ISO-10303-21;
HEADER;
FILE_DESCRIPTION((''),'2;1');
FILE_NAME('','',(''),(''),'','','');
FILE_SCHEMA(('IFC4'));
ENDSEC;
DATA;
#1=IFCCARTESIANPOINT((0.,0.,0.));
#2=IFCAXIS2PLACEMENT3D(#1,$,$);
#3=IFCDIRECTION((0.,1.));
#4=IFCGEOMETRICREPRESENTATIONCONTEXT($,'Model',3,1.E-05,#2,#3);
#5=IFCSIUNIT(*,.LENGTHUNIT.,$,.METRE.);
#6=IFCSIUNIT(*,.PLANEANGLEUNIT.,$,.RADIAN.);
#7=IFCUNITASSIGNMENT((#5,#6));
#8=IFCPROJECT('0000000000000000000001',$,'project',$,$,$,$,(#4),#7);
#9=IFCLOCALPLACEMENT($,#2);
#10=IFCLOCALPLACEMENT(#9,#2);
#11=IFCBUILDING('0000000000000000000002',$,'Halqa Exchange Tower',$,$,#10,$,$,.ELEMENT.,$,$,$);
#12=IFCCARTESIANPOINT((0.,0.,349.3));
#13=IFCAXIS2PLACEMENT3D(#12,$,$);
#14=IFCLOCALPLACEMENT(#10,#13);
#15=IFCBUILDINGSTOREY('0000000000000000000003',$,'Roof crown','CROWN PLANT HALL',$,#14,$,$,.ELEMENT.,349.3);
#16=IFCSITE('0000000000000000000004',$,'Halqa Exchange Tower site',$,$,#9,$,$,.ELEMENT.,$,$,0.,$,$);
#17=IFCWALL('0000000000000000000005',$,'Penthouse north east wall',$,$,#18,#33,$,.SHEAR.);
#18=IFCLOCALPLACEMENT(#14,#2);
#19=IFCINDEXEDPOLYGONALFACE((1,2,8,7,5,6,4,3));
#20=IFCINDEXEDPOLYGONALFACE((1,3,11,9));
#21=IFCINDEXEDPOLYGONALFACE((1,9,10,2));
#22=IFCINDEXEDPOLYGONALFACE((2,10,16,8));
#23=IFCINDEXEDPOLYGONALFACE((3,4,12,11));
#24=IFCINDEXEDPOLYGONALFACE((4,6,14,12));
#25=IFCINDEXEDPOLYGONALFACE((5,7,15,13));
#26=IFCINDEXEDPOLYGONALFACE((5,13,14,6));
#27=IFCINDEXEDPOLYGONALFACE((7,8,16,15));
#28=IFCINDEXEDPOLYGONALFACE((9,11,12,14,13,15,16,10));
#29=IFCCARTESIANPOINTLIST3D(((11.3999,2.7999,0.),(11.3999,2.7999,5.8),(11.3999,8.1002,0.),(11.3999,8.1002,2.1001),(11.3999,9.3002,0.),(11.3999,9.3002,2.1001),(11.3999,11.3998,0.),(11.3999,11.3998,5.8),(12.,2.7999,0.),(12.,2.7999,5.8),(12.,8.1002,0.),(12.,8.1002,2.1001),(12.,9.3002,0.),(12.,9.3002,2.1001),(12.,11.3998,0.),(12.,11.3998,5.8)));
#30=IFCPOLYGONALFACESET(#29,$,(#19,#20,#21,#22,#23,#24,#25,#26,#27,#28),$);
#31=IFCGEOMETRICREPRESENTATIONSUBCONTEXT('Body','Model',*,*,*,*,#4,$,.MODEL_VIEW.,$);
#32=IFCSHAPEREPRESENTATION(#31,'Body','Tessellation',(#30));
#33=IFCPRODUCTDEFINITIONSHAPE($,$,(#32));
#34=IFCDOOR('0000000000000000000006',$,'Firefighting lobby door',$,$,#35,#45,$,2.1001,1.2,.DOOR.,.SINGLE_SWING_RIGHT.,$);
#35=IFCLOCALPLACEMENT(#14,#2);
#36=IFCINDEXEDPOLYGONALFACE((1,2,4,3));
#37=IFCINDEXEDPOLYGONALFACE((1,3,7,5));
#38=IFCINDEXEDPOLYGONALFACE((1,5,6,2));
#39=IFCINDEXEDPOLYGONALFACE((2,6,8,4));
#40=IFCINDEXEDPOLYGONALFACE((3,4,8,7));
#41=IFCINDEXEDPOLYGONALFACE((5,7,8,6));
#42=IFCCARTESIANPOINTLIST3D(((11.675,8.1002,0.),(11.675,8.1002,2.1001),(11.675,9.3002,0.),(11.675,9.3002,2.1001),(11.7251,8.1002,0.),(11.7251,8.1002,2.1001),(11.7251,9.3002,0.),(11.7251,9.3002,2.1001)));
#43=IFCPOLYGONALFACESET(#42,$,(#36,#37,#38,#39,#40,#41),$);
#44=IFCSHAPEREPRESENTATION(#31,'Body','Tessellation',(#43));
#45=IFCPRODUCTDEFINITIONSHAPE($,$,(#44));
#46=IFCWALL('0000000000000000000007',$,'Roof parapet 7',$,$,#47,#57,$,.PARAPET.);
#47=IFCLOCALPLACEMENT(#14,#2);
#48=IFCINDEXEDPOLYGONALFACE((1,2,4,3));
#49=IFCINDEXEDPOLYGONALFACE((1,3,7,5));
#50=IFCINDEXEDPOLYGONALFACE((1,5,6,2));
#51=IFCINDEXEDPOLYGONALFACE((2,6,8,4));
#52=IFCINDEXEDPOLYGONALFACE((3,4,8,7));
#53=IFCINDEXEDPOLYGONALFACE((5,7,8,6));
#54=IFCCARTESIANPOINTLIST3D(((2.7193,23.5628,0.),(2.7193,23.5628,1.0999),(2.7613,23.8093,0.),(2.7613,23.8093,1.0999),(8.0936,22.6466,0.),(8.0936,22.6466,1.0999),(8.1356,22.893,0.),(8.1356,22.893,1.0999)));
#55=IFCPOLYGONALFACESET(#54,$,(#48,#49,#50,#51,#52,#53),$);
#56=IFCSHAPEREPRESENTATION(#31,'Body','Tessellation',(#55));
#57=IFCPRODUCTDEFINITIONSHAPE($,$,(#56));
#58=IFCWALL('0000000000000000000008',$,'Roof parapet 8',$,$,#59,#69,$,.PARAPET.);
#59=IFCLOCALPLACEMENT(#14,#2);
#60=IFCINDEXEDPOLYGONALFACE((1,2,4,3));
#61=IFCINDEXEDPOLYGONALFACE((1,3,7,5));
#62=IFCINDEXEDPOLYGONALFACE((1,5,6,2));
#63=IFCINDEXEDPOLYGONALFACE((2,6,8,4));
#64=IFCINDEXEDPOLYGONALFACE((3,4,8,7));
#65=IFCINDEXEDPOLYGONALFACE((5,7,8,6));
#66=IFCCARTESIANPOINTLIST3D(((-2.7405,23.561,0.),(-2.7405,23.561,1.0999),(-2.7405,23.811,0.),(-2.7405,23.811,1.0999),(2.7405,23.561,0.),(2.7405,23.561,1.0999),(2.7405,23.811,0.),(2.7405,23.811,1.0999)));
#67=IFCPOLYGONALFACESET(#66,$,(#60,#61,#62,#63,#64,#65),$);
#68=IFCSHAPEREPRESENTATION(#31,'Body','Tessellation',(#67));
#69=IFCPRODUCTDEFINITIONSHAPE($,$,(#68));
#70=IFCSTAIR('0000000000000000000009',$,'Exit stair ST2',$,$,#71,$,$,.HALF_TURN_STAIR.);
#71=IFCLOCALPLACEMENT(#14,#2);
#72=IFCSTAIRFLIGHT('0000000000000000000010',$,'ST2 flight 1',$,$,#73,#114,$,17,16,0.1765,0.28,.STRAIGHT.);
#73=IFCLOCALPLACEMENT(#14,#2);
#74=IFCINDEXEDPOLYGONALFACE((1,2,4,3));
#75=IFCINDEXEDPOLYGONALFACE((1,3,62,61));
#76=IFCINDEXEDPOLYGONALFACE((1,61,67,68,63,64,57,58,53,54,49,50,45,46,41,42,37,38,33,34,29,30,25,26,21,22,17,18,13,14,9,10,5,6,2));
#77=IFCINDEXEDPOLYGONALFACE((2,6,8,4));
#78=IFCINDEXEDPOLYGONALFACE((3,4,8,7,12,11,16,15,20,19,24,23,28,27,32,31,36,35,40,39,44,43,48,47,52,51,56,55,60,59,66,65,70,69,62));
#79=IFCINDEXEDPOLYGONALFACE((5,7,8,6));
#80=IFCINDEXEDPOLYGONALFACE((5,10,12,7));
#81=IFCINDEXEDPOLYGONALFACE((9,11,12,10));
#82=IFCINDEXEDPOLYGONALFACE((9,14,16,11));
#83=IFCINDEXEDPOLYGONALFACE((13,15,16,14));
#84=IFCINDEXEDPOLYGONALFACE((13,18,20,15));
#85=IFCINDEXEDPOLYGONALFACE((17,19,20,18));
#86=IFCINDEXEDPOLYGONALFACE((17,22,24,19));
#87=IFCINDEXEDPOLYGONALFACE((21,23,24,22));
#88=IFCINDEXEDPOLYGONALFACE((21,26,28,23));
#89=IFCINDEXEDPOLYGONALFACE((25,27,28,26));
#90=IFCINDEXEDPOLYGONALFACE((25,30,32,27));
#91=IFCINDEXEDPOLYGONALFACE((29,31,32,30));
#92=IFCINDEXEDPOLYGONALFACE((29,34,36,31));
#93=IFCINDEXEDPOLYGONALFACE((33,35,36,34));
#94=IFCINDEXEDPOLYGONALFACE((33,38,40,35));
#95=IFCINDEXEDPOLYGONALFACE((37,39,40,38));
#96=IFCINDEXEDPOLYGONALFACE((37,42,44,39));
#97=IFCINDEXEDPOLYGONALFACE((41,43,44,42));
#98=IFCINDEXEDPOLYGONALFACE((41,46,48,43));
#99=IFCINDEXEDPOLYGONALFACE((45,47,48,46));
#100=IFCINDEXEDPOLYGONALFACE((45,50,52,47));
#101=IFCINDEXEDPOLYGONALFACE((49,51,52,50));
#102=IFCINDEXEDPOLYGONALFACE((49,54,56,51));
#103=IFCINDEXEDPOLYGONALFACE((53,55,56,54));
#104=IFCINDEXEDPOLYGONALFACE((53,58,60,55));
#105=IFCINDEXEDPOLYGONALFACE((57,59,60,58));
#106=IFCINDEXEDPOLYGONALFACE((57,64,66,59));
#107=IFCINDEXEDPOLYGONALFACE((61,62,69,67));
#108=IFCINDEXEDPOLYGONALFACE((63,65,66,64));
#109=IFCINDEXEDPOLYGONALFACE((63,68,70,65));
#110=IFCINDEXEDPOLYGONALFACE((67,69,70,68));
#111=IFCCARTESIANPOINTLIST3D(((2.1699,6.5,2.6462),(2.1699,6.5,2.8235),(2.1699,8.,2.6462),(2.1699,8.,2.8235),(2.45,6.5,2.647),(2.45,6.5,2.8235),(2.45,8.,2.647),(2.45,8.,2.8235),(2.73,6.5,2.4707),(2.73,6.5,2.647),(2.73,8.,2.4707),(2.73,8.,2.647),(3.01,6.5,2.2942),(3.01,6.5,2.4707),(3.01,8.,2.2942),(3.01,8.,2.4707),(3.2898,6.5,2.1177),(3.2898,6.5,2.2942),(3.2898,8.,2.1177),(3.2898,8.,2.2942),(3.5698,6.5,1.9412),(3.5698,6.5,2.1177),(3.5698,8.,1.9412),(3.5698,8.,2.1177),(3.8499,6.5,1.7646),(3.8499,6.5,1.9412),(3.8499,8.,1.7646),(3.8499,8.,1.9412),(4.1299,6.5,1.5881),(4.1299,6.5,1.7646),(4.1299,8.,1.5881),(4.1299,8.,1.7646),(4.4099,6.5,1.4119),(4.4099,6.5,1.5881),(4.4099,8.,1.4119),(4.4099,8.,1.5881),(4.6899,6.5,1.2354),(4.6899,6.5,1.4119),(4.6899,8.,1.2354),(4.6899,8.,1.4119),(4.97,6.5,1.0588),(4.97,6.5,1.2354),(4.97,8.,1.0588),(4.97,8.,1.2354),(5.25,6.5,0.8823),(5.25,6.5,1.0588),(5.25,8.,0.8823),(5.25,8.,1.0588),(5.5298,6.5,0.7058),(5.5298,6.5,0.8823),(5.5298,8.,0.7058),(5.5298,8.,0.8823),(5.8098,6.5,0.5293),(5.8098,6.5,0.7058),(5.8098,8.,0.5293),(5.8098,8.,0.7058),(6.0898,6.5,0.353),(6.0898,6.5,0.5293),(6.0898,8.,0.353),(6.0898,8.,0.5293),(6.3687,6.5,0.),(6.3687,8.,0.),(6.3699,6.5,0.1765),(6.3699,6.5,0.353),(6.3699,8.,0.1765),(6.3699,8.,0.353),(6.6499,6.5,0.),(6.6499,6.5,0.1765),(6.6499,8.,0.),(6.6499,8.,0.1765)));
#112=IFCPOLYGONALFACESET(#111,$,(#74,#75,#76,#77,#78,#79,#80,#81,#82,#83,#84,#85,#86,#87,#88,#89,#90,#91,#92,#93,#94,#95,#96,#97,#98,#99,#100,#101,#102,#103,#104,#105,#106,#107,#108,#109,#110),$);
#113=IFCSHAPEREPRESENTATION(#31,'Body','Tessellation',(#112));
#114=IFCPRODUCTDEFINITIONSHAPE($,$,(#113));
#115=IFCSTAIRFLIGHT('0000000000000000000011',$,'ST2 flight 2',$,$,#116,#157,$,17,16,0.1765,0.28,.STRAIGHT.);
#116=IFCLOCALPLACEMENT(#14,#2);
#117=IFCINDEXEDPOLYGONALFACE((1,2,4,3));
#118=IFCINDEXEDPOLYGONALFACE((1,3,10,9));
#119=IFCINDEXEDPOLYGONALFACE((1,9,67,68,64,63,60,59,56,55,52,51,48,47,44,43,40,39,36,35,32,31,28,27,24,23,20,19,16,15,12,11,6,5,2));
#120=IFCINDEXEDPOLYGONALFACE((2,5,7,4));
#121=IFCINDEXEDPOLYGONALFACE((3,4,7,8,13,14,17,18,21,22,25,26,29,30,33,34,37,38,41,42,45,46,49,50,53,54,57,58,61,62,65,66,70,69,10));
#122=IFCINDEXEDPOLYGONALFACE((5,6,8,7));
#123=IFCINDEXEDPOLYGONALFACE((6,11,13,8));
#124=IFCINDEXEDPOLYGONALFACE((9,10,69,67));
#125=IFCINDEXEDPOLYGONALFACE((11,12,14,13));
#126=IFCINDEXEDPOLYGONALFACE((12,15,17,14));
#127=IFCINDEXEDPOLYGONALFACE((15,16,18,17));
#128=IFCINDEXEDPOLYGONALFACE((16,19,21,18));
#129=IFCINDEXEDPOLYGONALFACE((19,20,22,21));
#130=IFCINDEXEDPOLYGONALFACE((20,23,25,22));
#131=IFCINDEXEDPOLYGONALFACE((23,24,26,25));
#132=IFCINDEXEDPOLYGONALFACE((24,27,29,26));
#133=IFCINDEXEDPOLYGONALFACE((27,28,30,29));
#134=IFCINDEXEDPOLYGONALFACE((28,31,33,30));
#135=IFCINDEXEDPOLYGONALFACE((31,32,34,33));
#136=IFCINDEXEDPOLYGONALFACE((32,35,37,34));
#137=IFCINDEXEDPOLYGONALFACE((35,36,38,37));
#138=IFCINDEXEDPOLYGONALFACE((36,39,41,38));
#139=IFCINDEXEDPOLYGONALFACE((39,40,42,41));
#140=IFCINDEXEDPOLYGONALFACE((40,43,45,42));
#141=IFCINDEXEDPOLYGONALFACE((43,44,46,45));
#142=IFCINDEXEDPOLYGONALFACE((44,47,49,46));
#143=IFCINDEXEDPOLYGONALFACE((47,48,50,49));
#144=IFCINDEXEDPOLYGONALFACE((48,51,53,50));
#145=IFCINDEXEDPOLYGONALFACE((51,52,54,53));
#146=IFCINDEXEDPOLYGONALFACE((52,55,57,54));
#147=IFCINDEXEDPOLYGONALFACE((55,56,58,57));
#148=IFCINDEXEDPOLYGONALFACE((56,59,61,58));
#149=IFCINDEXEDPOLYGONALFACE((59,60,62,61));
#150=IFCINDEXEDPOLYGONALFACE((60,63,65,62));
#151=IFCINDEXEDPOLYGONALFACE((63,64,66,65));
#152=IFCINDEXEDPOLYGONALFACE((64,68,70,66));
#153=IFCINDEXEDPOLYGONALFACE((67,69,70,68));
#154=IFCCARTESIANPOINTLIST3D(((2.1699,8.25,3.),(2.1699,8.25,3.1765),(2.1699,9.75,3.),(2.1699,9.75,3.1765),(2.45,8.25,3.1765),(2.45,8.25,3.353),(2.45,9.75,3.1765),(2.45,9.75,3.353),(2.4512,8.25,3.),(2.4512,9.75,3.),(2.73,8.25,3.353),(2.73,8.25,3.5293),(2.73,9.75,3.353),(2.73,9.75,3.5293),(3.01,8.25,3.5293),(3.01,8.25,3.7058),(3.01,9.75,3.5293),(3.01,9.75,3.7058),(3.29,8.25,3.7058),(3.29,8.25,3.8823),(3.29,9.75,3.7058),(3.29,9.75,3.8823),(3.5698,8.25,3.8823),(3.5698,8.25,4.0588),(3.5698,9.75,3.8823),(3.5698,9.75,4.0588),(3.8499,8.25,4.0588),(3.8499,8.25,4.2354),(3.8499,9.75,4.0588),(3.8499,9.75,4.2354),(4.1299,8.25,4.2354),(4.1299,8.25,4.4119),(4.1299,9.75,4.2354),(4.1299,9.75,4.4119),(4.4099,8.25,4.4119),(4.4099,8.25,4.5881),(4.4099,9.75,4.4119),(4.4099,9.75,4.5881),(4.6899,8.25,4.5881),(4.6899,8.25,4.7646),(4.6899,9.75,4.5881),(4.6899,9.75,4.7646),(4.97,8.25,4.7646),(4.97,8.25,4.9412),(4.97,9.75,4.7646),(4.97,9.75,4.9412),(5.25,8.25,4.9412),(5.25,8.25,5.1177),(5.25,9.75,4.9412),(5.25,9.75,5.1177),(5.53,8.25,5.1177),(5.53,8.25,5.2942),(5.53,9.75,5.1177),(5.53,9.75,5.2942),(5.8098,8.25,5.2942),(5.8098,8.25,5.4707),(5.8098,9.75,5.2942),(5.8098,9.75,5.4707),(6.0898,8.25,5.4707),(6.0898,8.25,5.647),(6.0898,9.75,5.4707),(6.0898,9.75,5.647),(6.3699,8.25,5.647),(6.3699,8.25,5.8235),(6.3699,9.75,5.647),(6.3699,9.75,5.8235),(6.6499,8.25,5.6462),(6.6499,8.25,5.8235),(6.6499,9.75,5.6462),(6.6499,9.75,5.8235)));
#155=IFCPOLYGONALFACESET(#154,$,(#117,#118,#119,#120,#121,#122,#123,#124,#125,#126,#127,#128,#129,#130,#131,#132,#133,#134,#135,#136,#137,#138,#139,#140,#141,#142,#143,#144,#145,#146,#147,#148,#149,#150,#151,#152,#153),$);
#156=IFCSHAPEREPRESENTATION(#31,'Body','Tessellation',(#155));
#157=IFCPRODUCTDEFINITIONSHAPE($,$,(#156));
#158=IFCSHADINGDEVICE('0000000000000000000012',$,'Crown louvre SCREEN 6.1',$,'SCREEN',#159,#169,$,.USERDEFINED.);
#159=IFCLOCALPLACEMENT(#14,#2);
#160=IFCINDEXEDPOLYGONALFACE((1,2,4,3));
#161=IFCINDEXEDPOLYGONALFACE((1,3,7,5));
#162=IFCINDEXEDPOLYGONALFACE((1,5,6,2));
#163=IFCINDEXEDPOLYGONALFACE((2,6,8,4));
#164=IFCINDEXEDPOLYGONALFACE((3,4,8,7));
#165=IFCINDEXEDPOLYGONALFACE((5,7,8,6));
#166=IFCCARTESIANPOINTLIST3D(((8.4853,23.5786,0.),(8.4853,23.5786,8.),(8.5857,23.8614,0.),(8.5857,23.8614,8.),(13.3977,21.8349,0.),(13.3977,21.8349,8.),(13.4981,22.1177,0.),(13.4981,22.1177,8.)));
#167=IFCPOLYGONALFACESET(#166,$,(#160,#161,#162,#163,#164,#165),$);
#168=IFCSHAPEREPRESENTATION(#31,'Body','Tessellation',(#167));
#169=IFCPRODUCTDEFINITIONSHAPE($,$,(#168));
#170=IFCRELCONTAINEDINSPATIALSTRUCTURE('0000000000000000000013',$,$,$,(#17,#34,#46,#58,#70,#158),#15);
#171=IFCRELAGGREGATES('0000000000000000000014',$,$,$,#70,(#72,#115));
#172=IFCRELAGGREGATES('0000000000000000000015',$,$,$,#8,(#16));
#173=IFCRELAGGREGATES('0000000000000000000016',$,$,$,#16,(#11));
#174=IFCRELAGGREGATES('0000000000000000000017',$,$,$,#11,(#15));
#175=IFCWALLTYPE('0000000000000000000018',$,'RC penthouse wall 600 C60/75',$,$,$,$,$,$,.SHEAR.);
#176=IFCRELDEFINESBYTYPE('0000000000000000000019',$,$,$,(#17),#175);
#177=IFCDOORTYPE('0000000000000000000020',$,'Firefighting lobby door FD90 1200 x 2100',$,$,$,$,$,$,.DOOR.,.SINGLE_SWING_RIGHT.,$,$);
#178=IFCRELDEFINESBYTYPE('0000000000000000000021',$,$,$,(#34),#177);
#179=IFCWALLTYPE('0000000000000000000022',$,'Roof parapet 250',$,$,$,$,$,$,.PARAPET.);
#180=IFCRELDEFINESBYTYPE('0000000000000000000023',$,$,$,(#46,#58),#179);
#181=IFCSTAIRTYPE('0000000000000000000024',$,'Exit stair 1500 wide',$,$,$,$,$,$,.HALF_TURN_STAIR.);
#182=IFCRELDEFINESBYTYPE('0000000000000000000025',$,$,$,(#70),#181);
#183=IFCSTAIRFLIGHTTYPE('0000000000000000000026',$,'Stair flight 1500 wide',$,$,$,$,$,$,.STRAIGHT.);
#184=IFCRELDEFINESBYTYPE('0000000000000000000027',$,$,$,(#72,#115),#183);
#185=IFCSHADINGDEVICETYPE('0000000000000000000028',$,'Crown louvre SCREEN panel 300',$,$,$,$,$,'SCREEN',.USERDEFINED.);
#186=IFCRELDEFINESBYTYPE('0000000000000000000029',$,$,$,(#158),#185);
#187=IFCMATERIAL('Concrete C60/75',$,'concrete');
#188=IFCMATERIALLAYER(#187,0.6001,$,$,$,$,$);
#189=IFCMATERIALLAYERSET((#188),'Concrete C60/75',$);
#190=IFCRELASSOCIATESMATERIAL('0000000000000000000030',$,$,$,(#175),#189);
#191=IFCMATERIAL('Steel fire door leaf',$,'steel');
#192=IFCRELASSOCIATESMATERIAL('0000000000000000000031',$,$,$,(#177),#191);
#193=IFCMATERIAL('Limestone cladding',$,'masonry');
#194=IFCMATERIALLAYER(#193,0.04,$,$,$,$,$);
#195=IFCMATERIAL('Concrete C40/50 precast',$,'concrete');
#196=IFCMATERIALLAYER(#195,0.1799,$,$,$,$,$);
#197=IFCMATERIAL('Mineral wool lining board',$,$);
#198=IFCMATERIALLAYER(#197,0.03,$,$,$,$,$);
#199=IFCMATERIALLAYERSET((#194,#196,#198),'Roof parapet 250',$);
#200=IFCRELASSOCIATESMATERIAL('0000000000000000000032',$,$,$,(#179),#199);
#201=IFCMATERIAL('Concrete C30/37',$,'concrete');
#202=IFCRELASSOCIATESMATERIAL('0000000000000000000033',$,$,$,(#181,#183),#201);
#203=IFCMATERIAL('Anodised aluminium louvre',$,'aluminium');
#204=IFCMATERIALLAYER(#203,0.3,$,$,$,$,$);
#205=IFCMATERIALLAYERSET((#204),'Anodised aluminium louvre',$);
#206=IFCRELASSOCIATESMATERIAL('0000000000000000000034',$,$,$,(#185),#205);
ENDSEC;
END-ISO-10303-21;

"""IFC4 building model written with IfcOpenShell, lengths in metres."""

from ifc_helpers import new_model, si_unit, direction, frame, frame_2d, origin, origin_2d, place, context, subcontext, project, spatial, polyline, rectangle, outline, extrude, material, layer, layer_set, type_object, element, fill, aggregate, save


model = new_model("IFC4")

# Units and contexts
model_context = context("Model", 3, precision=1e-05, world=origin(), true_north=direction((0.0, 1.0)))
body_context = subcontext(model_context, "Body", "Model", "MODEL_VIEW")
ifc_project = project(units=[si_unit("LENGTHUNIT", "METRE"), si_unit("PLANEANGLEUNIT", "RADIAN")], contexts=[model_context])

# Site, building, storey
site_placement = place(None, origin())
site = spatial("IfcSite", under=ifc_project, at=site_placement, Name="Halqa Exchange Tower site", CompositionType="ELEMENT", RefElevation=0.0)
building_placement = place(site_placement, origin())
building = spatial("IfcBuilding", under=site, at=building_placement, Name="Halqa Exchange Tower", CompositionType="ELEMENT")
storey_placement = place(building_placement, frame((0.0, 0.0, 349.3)))
storey = spatial("IfcBuildingStorey", under=building, at=storey_placement, Name="Roof crown", Description="CROWN PLANT HALL", CompositionType="ELEMENT", Elevation=349.3)

# Shared definitions
ifc_material_1 = material(Name="Concrete C60/75", Category="concrete")

# Shared definitions
ifc_material_2 = material(Name="Steel fire door leaf", Category="steel")

# Wall, opening, door
ifc_layer_1 = layer(ifc_material_1, 0.6001)
ifc_layer_set_1 = layer_set([ifc_layer_1], Name="Concrete C60/75")
wall_type_1 = type_object("IfcWallType", Name="RC penthouse wall 600 C60/75", PredefinedType="SHEAR", material=ifc_layer_set_1)
wall_1_placement = place(storey_placement, frame((11.7, 2.8, 0.0), z_axis=(0.0, 0.0, 1.0), x_axis=(0.0, 1.0, 0.0)))
wall_1 = element("IfcWall", 1, at=wall_1_placement, inside=storey, type_object=wall_type_1, Name="Penthouse north east wall", PredefinedType="SHEAR", context=body_context, shape_type="SweptSolid", body=[
    extrude(rectangle(XDim=8.5999, YDim=0.6001, at=frame_2d((4.2998, 0.0))), origin(), (0.0, 0.0, 1.0), 5.8),
])
opening_1_placement = place(wall_1_placement, frame((5.3, 0.0, 0.0)))
opening_1 = element("IfcOpeningElement", 2, at=opening_1_placement, cuts=wall_1, PredefinedType="OPENING", context=body_context, shape_type="SweptSolid", body=[
    extrude(rectangle(XDim=1.2, YDim=2.1001, at=frame_2d((0.6001, 1.05))), frame((0.0, 0.312, 0.0), z_axis=(0.0, -1.0, 0.0), x_axis=(1.0, 0.0, 0.0)), (0.0, 0.0, 1.0), 0.624),
])
door_type_1 = type_object("IfcDoorType", Name="Firefighting lobby door FD90 1200 x 2100", OperationType="SINGLE_SWING_RIGHT", PredefinedType="DOOR", material=ifc_material_2)
door_1_placement = place(opening_1_placement, origin())
door_1 = element("IfcDoor", 3, at=door_1_placement, inside=storey, type_object=door_type_1, Name="Firefighting lobby door", OperationType="SINGLE_SWING_RIGHT", OverallHeight=2.1001, OverallWidth=1.2, PredefinedType="DOOR", context=body_context, shape_type="SweptSolid", body=[
    extrude(rectangle(XDim=1.2, YDim=2.1001, at=frame_2d((0.6001, 1.05))), frame((0.0, 0.0249, 0.0), z_axis=(0.0, -1.0, 0.0), x_axis=(1.0, 0.0, 0.0)), (0.0, 0.0, 1.0), 0.05),
])
fill(opening_1, door_1)

# Walls
ifc_material_3 = material(Name="Limestone cladding", Category="masonry")
ifc_layer_2 = layer(ifc_material_3, 0.04)
ifc_material_4 = material(Name="Concrete C40/50 precast", Category="concrete")
ifc_layer_3 = layer(ifc_material_4, 0.1799)
ifc_material_5 = material(Name="Mineral wool lining board")
ifc_layer_4 = layer(ifc_material_5, 0.03)
ifc_layer_set_2 = layer_set([ifc_layer_2, ifc_layer_3, ifc_layer_4], Name="Roof parapet 250")
wall_type_2 = type_object("IfcWallType", Name="Roof parapet 250", PredefinedType="PARAPET", material=ifc_layer_set_2)
wall_2_placement = place(storey_placement, frame((8.1147, 22.7698, 0.0), z_axis=(0.0, 0.0, 1.0), x_axis=(-0.985776, 0.168065, 0.0)))
element("IfcWall", 4, at=wall_2_placement, inside=storey, type_object=wall_type_2, Name="Roof parapet 7", PredefinedType="PARAPET", context=body_context, shape_type="SweptSolid", body=[
    extrude(rectangle(XDim=5.4519, YDim=0.25, at=frame_2d((2.7261, 0.0))), origin(), (0.0, 0.0, 1.0), 1.0999),
])
wall_3_placement = place(storey_placement, frame((2.7405, 23.686, 0.0), z_axis=(0.0, 0.0, 1.0), x_axis=(-1.0, 0.0, 0.0)))
element("IfcWall", 5, at=wall_3_placement, inside=storey, type_object=wall_type_2, Name="Roof parapet 8", PredefinedType="PARAPET", context=body_context, shape_type="SweptSolid", body=[
    extrude(rectangle(XDim=5.481, YDim=0.25, at=frame_2d((2.7405, 0.0))), origin(), (0.0, 0.0, 1.0), 1.0999),
])

# Stair, stair flights
ifc_material_6 = material(Name="Concrete C30/37", Category="concrete")
stair_type = type_object("IfcStairType", Name="Exit stair 1500 wide", PredefinedType="HALF_TURN_STAIR", material=ifc_material_6)
stair_placement = place(storey_placement, origin())
stair = element("IfcStair", 6, at=stair_placement, inside=storey, type_object=stair_type, Name="Exit stair ST2", PredefinedType="HALF_TURN_STAIR")
stair_flight_type = type_object("IfcStairFlightType", Name="Stair flight 1500 wide", PredefinedType="STRAIGHT", material=ifc_material_6)
stair_flight_1_placement = place(storey_placement, frame((6.6499, 7.25, 0.0), z_axis=(0.0, 0.0, 1.0), x_axis=(-1.0, 0.0, 0.0)))
stair_flight_1 = element("IfcStairFlight", 7, at=stair_flight_1_placement, type_object=stair_flight_type, Name="ST2 flight 1", NumberOfRisers=17, NumberOfTreads=16, PredefinedType="STRAIGHT", RiserHeight=0.1765, TreadLength=0.28, context=body_context, shape_type="SweptSolid", body=[
    extrude(outline(polyline([(0.0, 0.0), (0.0, 0.1765), (0.28, 0.1765), (0.28, 0.353), (0.5601, 0.353), (0.5601, 0.5293), (0.8401, 0.5293), (0.8401, 0.7058), (1.1201, 0.7058), (1.1201, 0.8823), (1.3999, 0.8823), (1.3999, 1.0588), (1.6799, 1.0588), (1.6799, 1.2354), (1.96, 1.2354), (1.96, 1.4119), (2.24, 1.4119), (2.24, 1.5881), (2.52, 1.5881), (2.52, 1.7646), (2.8, 1.7646), (2.8, 1.9412), (3.0801, 1.9412), (3.0801, 2.1177), (3.3601, 2.1177), (3.3601, 2.2942), (3.6399, 2.2942), (3.6399, 2.4707), (3.9199, 2.4707), (3.9199, 2.647), (4.2, 2.647), (4.2, 2.8235), (4.48, 2.8235), (4.48, 3.0), (4.48, 2.6462), (0.2812, 0.0), (0.0, 0.0)])), frame((0.0, 0.75, 0.0), z_axis=(0.0, -1.0, 0.0), x_axis=(1.0, 0.0, 0.0)), (0.0, 0.0, 1.0), 1.5),
])
stair_flight_2_placement = place(storey_placement, frame((2.1699, 9.0, 3.0), z_axis=(0.0, 0.0, 1.0), x_axis=(1.0, 0.0, 0.0)))
stair_flight_2 = element("IfcStairFlight", 8, at=stair_flight_2_placement, type_object=stair_flight_type, Name="ST2 flight 2", NumberOfRisers=17, NumberOfTreads=16, PredefinedType="STRAIGHT", RiserHeight=0.1765, TreadLength=0.28, context=body_context, shape_type="SweptSolid", body=[
    extrude(outline(polyline([(0.0, 0.0), (0.0, 0.1765), (0.28, 0.1765), (0.28, 0.353), (0.5601, 0.353), (0.5601, 0.5293), (0.8401, 0.5293), (0.8401, 0.7058), (1.1201, 0.7058), (1.1201, 0.8823), (1.3999, 0.8823), (1.3999, 1.0588), (1.6799, 1.0588), (1.6799, 1.2354), (1.96, 1.2354), (1.96, 1.4119), (2.24, 1.4119), (2.24, 1.5881), (2.52, 1.5881), (2.52, 1.7646), (2.8, 1.7646), (2.8, 1.9412), (3.0801, 1.9412), (3.0801, 2.1177), (3.3601, 2.1177), (3.3601, 2.2942), (3.6399, 2.2942), (3.6399, 2.4707), (3.9199, 2.4707), (3.9199, 2.647), (4.2, 2.647), (4.2, 2.8235), (4.48, 2.8235), (4.48, 3.0), (4.48, 2.6462), (0.2812, 0.0), (0.0, 0.0)])), frame((0.0, 0.75, 0.0), z_axis=(0.0, -1.0, 0.0), x_axis=(1.0, 0.0, 0.0)), (0.0, 0.0, 1.0), 1.5),
])
aggregate(stair, [stair_flight_1, stair_flight_2])

# Shading device
ifc_material_7 = material(Name="Anodised aluminium louvre", Category="aluminium")
ifc_layer_5 = layer(ifc_material_7, 0.3)
ifc_layer_set_3 = layer_set([ifc_layer_5], Name="Anodised aluminium louvre")
shading_device_type = type_object("IfcShadingDeviceType", Name="Crown louvre SCREEN panel 300", ElementType="SCREEN", PredefinedType="USERDEFINED", material=ifc_layer_set_3)
shading_device_1_placement = place(storey_placement, frame((10.9917, 22.8481, 0.0), z_axis=(0.0, 0.0, 1.0), x_axis=(-0.942388, 0.334522, 0.0)))
element("IfcShadingDevice", 9, at=shading_device_1_placement, inside=storey, type_object=shading_device_type, Name="Crown louvre SCREEN 6.1", ObjectType="SCREEN", PredefinedType="USERDEFINED", context=body_context, shape_type="SweptSolid", body=[
    extrude(rectangle(XDim=5.2126, YDim=0.3, at=origin_2d()), origin(), (0.0, 0.0, 1.0), 8.0),
])

save(model, "model.ifc")
